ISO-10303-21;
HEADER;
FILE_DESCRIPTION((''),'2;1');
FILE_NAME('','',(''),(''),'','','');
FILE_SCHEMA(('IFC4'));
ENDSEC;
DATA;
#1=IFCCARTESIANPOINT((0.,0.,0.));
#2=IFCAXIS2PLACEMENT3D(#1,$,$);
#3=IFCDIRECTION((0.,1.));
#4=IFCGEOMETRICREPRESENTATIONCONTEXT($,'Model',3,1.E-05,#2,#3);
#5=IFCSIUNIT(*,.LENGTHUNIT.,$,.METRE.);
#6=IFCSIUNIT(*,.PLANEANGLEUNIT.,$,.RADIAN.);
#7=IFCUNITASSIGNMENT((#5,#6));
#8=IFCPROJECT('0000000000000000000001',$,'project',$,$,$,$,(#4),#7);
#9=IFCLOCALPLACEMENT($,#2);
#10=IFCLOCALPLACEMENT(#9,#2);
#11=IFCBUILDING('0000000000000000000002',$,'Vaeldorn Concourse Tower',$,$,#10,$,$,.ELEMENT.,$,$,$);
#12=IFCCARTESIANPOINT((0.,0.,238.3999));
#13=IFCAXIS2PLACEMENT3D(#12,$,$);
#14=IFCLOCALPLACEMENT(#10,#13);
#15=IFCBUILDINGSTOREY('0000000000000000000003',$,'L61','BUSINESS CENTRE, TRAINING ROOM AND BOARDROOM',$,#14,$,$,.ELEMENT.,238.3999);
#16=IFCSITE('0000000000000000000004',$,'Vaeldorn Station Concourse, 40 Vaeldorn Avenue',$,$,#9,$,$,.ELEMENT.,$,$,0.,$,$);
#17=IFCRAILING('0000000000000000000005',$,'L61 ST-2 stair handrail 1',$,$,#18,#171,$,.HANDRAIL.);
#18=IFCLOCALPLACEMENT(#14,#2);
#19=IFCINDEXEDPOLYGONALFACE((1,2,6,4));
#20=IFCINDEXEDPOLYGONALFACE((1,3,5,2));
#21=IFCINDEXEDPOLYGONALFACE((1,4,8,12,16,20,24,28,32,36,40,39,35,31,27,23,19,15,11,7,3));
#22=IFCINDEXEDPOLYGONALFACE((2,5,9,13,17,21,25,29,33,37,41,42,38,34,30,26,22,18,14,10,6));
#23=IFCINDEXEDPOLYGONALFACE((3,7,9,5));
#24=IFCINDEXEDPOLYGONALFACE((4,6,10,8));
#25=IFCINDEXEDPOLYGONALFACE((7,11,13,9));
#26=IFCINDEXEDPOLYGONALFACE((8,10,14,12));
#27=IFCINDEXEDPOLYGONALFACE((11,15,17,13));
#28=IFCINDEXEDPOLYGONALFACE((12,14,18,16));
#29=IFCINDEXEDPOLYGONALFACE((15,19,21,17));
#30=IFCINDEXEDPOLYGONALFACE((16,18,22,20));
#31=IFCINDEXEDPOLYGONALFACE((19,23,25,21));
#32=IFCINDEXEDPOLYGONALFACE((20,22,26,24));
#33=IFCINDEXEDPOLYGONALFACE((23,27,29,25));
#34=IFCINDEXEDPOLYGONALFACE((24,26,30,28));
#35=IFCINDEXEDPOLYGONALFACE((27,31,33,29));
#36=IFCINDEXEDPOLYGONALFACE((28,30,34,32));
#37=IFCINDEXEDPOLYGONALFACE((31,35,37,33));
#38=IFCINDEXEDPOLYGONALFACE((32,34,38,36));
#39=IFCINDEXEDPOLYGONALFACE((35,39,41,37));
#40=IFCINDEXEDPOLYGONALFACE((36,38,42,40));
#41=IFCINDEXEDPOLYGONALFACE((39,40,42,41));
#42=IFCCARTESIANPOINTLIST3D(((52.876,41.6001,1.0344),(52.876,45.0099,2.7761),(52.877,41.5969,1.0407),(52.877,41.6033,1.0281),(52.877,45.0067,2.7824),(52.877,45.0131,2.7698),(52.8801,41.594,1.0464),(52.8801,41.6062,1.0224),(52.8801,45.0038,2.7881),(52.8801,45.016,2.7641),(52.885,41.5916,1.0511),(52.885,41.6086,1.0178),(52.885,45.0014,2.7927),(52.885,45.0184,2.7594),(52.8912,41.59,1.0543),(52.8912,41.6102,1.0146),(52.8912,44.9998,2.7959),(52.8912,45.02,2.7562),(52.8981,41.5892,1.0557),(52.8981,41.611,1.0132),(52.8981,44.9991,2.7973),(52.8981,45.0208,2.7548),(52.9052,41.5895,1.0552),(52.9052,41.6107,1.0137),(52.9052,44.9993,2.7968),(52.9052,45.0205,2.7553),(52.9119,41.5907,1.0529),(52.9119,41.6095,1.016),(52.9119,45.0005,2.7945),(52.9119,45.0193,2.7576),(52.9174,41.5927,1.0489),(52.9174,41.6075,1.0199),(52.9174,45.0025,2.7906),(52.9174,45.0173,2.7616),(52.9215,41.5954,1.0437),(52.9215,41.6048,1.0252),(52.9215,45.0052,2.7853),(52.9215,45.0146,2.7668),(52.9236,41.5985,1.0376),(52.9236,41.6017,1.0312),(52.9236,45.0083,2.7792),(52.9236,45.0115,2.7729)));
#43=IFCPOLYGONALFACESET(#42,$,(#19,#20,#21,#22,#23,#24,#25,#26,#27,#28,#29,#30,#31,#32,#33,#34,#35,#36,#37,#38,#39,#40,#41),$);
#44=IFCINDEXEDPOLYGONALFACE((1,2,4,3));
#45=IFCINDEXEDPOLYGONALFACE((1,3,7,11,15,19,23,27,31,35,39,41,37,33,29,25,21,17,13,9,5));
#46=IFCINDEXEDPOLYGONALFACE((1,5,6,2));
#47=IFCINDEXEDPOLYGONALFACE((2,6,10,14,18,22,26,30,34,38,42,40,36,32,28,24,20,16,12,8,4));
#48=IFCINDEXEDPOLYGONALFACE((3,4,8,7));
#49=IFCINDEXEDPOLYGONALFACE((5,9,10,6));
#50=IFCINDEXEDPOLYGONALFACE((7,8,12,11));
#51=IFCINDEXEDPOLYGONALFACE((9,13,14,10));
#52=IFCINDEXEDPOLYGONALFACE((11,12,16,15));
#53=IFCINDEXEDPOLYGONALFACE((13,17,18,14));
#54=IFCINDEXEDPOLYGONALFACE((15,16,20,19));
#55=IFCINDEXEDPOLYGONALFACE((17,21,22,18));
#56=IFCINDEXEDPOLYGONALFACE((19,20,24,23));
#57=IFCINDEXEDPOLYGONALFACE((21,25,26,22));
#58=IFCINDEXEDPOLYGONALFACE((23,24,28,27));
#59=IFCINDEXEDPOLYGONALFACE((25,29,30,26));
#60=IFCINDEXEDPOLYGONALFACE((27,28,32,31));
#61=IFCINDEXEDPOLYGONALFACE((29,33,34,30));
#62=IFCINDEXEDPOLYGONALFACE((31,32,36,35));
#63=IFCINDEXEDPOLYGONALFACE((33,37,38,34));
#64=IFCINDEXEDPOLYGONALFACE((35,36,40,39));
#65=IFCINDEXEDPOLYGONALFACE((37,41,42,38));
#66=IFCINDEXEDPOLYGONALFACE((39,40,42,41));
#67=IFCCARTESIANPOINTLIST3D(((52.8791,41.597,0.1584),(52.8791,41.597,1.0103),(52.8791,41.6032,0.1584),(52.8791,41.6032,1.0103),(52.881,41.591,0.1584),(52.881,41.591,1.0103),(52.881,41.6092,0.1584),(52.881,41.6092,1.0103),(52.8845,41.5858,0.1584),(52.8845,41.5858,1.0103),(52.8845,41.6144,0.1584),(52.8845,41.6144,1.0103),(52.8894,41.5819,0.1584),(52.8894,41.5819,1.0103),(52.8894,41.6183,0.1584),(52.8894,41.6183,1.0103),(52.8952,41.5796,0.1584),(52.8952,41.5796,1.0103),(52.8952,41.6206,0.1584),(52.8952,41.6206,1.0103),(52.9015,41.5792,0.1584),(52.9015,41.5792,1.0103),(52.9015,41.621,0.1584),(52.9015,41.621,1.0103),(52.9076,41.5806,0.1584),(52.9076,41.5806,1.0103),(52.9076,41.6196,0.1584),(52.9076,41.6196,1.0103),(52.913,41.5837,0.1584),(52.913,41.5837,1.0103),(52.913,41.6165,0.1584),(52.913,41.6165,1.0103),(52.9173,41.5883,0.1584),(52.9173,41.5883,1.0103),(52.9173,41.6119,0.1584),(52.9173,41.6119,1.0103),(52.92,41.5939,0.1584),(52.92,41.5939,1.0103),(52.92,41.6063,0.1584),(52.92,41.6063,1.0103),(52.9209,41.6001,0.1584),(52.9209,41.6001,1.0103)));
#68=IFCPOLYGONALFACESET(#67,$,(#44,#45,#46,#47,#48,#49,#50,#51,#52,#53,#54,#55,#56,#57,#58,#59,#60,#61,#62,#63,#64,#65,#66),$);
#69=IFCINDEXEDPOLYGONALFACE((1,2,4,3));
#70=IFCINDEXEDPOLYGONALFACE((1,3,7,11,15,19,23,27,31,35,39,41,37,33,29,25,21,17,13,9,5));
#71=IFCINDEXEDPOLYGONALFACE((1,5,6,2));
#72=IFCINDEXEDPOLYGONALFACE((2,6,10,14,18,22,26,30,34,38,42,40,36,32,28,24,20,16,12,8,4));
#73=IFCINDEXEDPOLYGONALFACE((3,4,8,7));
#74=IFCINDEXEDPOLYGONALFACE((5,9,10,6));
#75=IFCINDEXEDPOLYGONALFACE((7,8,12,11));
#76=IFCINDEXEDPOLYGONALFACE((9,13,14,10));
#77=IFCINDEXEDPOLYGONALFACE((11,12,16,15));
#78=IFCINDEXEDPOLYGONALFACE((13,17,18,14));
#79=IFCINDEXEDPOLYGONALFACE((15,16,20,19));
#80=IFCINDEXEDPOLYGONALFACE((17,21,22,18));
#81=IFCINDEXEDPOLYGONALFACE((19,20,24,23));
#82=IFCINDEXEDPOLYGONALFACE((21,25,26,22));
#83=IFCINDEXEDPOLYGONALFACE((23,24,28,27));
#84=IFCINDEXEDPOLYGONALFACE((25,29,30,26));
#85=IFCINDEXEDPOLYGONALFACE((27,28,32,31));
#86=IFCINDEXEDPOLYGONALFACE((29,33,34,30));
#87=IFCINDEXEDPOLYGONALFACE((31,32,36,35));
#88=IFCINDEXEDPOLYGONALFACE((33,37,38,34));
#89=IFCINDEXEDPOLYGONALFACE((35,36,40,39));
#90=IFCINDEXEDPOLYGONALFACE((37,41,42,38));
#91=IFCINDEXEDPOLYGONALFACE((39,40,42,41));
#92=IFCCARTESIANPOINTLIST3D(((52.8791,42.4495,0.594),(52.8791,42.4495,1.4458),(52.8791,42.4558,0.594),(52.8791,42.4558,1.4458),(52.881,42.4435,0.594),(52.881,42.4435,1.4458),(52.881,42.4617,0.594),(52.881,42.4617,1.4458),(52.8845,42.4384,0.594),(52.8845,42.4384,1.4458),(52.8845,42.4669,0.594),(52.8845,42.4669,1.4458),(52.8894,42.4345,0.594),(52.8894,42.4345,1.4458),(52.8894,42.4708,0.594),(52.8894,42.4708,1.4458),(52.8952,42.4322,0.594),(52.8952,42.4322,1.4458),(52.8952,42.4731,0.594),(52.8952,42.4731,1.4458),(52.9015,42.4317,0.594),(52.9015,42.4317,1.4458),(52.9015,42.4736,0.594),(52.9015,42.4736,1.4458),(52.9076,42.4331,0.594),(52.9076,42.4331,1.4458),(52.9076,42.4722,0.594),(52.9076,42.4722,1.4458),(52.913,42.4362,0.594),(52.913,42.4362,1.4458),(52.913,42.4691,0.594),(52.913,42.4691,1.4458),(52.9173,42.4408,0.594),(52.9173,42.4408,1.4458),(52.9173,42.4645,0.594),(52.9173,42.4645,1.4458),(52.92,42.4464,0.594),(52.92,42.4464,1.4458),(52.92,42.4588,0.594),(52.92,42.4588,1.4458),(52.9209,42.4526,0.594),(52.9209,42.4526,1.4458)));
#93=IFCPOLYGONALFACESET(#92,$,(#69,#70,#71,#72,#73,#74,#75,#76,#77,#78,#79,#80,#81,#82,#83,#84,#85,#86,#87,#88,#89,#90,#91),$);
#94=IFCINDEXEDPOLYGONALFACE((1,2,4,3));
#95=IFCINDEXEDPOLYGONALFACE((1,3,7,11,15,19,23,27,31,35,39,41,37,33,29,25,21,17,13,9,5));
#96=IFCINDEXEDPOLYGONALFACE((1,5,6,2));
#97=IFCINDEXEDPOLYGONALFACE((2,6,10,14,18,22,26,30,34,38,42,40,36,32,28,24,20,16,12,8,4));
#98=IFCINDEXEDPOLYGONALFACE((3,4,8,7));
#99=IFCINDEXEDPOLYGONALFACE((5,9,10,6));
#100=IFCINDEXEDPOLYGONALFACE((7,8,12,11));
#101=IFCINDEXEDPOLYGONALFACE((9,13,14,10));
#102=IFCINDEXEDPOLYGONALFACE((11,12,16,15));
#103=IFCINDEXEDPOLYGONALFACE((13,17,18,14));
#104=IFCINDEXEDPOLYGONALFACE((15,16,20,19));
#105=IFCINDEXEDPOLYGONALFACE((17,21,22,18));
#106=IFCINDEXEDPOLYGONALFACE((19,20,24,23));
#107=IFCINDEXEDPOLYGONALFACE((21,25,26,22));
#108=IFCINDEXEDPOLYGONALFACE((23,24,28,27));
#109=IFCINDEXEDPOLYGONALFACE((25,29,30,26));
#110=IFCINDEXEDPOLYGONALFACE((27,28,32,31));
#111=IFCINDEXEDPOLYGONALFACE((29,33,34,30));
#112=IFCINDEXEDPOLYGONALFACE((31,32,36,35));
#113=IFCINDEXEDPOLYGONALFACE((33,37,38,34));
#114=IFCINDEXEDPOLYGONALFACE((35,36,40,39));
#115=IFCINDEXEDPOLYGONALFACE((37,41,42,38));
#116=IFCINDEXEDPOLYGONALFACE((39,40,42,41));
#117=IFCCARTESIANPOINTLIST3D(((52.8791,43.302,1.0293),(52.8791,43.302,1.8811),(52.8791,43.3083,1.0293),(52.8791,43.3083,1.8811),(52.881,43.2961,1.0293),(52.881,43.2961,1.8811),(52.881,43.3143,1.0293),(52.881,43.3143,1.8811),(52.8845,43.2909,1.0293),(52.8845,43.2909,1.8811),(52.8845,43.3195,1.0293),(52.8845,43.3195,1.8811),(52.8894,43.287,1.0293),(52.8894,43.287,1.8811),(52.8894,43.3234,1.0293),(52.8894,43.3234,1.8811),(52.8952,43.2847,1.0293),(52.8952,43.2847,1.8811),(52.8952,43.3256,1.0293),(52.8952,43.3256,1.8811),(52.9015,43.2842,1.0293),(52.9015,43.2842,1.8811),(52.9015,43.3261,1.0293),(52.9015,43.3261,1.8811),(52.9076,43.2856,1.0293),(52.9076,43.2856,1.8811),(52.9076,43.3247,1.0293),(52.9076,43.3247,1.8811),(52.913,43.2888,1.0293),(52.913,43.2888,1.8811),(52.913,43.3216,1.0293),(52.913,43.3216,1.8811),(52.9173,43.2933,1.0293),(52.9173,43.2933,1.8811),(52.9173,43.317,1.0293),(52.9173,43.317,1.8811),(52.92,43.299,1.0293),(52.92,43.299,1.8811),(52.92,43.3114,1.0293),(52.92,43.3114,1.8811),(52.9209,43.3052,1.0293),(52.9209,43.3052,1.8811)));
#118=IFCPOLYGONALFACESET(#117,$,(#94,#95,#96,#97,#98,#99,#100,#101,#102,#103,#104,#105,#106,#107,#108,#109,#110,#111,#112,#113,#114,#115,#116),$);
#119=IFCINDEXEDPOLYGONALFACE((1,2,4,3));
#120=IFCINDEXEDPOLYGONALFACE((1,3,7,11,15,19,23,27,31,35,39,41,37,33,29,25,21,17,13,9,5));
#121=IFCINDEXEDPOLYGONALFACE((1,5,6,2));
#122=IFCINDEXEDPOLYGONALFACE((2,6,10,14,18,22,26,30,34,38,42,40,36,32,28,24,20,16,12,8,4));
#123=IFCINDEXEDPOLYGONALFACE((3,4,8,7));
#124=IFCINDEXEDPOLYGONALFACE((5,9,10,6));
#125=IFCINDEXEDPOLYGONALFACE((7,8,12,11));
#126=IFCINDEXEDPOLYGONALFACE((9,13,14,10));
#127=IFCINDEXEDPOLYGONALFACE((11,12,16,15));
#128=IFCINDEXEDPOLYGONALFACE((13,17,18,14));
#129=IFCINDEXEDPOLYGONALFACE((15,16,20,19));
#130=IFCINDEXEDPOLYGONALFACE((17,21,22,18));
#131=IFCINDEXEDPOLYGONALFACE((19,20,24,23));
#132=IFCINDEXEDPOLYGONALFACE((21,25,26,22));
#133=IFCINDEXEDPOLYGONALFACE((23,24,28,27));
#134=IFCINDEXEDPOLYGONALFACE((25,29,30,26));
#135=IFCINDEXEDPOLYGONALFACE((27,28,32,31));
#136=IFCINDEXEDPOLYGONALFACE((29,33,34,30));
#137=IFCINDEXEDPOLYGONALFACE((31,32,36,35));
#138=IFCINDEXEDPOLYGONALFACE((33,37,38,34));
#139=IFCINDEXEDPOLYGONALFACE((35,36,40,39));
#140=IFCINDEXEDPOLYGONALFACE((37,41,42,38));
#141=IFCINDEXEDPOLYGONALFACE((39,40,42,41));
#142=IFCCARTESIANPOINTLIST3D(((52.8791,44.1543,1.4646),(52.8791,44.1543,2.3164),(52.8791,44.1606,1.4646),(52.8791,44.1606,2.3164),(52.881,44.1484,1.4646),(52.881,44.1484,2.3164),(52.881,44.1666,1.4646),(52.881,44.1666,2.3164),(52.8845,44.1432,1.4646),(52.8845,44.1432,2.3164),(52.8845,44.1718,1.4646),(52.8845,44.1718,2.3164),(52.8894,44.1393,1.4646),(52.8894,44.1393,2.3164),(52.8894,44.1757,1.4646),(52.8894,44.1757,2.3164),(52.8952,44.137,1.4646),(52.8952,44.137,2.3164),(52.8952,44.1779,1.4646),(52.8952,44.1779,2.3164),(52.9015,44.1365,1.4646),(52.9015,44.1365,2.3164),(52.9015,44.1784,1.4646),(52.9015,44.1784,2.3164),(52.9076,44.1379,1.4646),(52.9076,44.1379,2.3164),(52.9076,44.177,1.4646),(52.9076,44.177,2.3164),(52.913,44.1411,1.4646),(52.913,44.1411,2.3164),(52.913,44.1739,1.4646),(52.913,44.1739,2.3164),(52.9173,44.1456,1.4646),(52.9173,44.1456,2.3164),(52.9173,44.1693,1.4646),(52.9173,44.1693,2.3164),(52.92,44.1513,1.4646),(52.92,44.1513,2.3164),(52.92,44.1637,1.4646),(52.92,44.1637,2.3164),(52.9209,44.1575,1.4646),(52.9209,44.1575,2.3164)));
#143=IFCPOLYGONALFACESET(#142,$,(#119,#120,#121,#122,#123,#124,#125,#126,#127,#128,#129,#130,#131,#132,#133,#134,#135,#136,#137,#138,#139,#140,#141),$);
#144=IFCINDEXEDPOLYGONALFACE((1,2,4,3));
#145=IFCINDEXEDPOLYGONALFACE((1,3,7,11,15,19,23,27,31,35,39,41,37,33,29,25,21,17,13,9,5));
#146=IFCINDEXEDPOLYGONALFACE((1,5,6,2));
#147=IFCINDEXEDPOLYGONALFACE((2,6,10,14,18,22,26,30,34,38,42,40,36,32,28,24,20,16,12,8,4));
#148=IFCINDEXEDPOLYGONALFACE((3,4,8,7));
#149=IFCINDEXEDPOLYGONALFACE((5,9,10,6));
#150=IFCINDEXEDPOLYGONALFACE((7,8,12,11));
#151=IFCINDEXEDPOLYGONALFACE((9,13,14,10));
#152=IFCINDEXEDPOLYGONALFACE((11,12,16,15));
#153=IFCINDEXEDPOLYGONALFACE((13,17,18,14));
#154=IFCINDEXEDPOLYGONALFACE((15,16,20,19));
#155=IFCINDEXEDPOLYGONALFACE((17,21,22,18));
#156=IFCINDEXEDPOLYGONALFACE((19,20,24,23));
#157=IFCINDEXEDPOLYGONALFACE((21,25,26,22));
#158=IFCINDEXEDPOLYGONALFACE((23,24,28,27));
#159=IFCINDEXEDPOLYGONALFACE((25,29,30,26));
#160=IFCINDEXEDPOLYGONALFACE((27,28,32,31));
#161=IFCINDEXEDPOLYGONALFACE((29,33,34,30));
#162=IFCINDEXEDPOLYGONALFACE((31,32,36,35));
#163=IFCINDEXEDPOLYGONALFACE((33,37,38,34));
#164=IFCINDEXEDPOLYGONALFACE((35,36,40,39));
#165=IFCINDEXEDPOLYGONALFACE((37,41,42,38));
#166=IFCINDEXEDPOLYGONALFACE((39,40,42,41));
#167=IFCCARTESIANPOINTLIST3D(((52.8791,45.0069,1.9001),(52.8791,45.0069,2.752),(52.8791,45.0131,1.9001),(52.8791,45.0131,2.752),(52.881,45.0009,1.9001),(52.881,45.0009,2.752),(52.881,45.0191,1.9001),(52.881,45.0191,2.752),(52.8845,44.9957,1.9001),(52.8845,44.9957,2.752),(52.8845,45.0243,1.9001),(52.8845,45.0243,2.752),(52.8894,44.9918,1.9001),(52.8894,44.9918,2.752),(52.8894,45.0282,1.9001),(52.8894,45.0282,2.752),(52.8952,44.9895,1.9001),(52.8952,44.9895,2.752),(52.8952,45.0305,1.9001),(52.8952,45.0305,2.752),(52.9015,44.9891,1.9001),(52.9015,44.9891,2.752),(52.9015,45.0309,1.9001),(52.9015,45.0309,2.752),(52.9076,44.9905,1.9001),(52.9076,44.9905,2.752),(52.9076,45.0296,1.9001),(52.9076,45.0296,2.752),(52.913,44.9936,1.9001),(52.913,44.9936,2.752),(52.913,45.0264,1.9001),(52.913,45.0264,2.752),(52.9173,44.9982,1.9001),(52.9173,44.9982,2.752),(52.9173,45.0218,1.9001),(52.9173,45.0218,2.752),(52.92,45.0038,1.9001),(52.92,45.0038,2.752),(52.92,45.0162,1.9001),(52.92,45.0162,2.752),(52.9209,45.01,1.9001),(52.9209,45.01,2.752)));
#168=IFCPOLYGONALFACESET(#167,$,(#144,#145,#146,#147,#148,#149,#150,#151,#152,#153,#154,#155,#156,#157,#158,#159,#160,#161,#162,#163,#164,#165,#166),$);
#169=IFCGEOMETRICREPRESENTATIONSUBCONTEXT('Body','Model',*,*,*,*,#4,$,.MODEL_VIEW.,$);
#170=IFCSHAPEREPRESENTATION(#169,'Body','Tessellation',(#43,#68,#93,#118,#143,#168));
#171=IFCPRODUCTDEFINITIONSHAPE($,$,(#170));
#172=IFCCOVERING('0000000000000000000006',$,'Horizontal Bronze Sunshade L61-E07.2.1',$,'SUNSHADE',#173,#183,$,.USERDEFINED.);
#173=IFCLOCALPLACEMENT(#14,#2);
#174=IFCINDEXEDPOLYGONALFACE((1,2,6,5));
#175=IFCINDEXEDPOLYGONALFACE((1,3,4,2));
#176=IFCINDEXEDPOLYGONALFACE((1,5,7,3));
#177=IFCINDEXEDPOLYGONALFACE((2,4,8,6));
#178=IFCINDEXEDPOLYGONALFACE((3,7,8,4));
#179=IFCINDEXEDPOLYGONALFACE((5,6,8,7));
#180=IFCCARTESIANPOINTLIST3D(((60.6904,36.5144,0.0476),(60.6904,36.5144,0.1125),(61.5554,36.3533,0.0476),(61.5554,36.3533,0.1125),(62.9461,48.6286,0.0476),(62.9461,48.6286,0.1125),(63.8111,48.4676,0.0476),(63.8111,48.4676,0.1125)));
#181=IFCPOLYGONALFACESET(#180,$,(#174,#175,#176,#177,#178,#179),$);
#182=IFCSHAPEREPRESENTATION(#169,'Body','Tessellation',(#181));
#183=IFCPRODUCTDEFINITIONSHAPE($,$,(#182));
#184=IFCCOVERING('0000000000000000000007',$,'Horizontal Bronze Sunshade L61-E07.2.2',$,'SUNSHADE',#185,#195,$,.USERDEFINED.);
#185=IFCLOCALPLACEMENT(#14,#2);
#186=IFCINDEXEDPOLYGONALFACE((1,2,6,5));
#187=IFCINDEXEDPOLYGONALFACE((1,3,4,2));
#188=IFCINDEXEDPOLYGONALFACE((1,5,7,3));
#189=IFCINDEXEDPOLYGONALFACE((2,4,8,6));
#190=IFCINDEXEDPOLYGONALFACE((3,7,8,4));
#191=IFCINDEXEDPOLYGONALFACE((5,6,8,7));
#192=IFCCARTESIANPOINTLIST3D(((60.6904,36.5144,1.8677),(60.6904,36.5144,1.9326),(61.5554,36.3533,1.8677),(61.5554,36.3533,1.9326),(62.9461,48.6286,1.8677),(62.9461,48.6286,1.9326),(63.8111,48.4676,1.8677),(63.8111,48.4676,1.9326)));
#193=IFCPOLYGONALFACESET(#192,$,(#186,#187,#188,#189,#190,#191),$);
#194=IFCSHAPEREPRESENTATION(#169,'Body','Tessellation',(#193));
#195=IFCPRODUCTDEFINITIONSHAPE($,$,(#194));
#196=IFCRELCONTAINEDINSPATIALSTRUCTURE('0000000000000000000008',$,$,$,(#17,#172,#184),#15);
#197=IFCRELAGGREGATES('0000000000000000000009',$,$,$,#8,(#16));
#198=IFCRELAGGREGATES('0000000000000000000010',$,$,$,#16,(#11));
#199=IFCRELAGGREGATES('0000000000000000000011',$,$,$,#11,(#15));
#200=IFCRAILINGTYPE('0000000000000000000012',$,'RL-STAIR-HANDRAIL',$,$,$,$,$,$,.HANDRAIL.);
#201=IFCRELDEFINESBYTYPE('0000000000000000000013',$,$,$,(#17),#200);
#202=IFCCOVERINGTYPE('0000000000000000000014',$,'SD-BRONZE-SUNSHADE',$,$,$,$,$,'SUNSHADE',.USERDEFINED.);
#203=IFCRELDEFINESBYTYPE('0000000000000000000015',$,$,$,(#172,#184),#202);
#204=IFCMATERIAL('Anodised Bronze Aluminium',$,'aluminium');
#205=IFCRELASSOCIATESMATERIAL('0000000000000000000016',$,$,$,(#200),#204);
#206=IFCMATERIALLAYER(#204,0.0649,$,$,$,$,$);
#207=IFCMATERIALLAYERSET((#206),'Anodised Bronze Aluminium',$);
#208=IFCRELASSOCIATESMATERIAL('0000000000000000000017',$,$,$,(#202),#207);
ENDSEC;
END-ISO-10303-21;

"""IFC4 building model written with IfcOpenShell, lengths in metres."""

from ifc_helpers import new_model, si_unit, direction, frame, origin, origin_2d, place, context, subcontext, project, spatial, rectangle, circle, extrude, source, transform, mapped, material, layer, layer_set, type_object, element, save


model = new_model("IFC4")

# Units and contexts
model_context = context("Model", 3, precision=1e-05, world=origin(), true_north=direction((0.0, 1.0)))
body_context = subcontext(model_context, "Body", "Model", "MODEL_VIEW")
ifc_project = project(units=[si_unit("LENGTHUNIT", "METRE"), si_unit("PLANEANGLEUNIT", "RADIAN")], contexts=[model_context])

# Site, building, storey
site_placement = place(None, origin())
site = spatial("IfcSite", under=ifc_project, at=site_placement, Name="Vaeldorn Station Concourse, 40 Vaeldorn Avenue", CompositionType="ELEMENT", RefElevation=0.0)
building_placement = place(site_placement, origin())
building = spatial("IfcBuilding", under=site, at=building_placement, Name="Vaeldorn Concourse Tower", CompositionType="ELEMENT")
storey_placement = place(building_placement, frame((0.0, 0.0, 238.3999)))
storey = spatial("IfcBuildingStorey", under=building, at=storey_placement, Name="L61", Description="BUSINESS CENTRE, TRAINING ROOM AND BOARDROOM", CompositionType="ELEMENT", Elevation=238.3999)

# Shared definitions
ifc_material_1 = material(Name="Anodised Bronze Aluminium", Category="aluminium")

# Railing
railing_type_1 = type_object("IfcRailingType", Name="RL-STAIR-HANDRAIL", PredefinedType="HANDRAIL", material=ifc_material_1)
railing_1_placement = place(storey_placement, frame((52.8999, 41.6001, 0.1584)))
element("IfcRailing", 1, at=railing_1_placement, inside=storey, type_object=railing_type_1, Name="L61 ST-2 stair handrail 1", PredefinedType="HANDRAIL", context=body_context, shape_type="SweptSolid", body=[
    extrude(circle(Radius=0.0239, at=origin_2d()), frame((0.0, 0.0, 0.876), z_axis=(0.0, 0.890556, 0.454874), x_axis=(-1.0, 0.0, 0.0)), (0.0, 0.0, 1.0), 3.8289),
    extrude(circle(Radius=0.021, at=origin_2d()), origin(), (0.0, 0.0, 1.0), 0.8518),
    extrude(circle(Radius=0.021, at=origin_2d()), frame((0.0, 0.8525, 0.4355)), (0.0, 0.0, 1.0), 0.8518),
    extrude(circle(Radius=0.021, at=origin_2d()), frame((0.0, 1.7051, 0.8708)), (0.0, 0.0, 1.0), 0.8518),
    extrude(circle(Radius=0.021, at=origin_2d()), frame((0.0, 2.5574, 1.3062)), (0.0, 0.0, 1.0), 0.8518),
    extrude(circle(Radius=0.021, at=origin_2d()), frame((0.0, 3.4099, 1.7417)), (0.0, 0.0, 1.0), 0.8518),
])

# Coverings
ifc_layer_1 = layer(ifc_material_1, 0.0649)
ifc_layer_set_1 = layer_set([ifc_layer_1], Name="Anodised Bronze Aluminium")
covering_type = type_object("IfcCoveringType", Name="SD-BRONZE-SUNSHADE", ElementType="SUNSHADE", PredefinedType="USERDEFINED", material=ifc_layer_set_1)
shared_shape_1 = source(origin(), body_context, "Body", "SweptSolid", [
    extrude(rectangle(XDim=12.3225, YDim=0.8799, at=origin_2d()), origin(), (0.0, 0.0, 1.0), 0.0649),
])
for number, where, z_axis, x_axis, name in (
    (2, (62.2507, 42.491, 0.0476), (0.0, 0.0, 1.0), (0.183059, 0.983102, 0.0), "Horizontal Bronze Sunshade L61-E07.2.1"),
    (3, (62.2507, 42.491, 1.8677), (0.0, 0.0, 1.0), (0.183059, 0.983102, 0.0), "Horizontal Bronze Sunshade L61-E07.2.2"),
):
    element("IfcCovering", number, at=place(storey_placement, frame(where, z_axis=z_axis, x_axis=x_axis)), inside=storey, type_object=covering_type, Name=name, ObjectType="SUNSHADE", PredefinedType="USERDEFINED", context=body_context, shape_type="MappedRepresentation", body=[
        mapped(shared_shape_1, transform((0.0, 0.0, 0.0), scale=1.0)),
    ])

save(model, "model.ifc")
